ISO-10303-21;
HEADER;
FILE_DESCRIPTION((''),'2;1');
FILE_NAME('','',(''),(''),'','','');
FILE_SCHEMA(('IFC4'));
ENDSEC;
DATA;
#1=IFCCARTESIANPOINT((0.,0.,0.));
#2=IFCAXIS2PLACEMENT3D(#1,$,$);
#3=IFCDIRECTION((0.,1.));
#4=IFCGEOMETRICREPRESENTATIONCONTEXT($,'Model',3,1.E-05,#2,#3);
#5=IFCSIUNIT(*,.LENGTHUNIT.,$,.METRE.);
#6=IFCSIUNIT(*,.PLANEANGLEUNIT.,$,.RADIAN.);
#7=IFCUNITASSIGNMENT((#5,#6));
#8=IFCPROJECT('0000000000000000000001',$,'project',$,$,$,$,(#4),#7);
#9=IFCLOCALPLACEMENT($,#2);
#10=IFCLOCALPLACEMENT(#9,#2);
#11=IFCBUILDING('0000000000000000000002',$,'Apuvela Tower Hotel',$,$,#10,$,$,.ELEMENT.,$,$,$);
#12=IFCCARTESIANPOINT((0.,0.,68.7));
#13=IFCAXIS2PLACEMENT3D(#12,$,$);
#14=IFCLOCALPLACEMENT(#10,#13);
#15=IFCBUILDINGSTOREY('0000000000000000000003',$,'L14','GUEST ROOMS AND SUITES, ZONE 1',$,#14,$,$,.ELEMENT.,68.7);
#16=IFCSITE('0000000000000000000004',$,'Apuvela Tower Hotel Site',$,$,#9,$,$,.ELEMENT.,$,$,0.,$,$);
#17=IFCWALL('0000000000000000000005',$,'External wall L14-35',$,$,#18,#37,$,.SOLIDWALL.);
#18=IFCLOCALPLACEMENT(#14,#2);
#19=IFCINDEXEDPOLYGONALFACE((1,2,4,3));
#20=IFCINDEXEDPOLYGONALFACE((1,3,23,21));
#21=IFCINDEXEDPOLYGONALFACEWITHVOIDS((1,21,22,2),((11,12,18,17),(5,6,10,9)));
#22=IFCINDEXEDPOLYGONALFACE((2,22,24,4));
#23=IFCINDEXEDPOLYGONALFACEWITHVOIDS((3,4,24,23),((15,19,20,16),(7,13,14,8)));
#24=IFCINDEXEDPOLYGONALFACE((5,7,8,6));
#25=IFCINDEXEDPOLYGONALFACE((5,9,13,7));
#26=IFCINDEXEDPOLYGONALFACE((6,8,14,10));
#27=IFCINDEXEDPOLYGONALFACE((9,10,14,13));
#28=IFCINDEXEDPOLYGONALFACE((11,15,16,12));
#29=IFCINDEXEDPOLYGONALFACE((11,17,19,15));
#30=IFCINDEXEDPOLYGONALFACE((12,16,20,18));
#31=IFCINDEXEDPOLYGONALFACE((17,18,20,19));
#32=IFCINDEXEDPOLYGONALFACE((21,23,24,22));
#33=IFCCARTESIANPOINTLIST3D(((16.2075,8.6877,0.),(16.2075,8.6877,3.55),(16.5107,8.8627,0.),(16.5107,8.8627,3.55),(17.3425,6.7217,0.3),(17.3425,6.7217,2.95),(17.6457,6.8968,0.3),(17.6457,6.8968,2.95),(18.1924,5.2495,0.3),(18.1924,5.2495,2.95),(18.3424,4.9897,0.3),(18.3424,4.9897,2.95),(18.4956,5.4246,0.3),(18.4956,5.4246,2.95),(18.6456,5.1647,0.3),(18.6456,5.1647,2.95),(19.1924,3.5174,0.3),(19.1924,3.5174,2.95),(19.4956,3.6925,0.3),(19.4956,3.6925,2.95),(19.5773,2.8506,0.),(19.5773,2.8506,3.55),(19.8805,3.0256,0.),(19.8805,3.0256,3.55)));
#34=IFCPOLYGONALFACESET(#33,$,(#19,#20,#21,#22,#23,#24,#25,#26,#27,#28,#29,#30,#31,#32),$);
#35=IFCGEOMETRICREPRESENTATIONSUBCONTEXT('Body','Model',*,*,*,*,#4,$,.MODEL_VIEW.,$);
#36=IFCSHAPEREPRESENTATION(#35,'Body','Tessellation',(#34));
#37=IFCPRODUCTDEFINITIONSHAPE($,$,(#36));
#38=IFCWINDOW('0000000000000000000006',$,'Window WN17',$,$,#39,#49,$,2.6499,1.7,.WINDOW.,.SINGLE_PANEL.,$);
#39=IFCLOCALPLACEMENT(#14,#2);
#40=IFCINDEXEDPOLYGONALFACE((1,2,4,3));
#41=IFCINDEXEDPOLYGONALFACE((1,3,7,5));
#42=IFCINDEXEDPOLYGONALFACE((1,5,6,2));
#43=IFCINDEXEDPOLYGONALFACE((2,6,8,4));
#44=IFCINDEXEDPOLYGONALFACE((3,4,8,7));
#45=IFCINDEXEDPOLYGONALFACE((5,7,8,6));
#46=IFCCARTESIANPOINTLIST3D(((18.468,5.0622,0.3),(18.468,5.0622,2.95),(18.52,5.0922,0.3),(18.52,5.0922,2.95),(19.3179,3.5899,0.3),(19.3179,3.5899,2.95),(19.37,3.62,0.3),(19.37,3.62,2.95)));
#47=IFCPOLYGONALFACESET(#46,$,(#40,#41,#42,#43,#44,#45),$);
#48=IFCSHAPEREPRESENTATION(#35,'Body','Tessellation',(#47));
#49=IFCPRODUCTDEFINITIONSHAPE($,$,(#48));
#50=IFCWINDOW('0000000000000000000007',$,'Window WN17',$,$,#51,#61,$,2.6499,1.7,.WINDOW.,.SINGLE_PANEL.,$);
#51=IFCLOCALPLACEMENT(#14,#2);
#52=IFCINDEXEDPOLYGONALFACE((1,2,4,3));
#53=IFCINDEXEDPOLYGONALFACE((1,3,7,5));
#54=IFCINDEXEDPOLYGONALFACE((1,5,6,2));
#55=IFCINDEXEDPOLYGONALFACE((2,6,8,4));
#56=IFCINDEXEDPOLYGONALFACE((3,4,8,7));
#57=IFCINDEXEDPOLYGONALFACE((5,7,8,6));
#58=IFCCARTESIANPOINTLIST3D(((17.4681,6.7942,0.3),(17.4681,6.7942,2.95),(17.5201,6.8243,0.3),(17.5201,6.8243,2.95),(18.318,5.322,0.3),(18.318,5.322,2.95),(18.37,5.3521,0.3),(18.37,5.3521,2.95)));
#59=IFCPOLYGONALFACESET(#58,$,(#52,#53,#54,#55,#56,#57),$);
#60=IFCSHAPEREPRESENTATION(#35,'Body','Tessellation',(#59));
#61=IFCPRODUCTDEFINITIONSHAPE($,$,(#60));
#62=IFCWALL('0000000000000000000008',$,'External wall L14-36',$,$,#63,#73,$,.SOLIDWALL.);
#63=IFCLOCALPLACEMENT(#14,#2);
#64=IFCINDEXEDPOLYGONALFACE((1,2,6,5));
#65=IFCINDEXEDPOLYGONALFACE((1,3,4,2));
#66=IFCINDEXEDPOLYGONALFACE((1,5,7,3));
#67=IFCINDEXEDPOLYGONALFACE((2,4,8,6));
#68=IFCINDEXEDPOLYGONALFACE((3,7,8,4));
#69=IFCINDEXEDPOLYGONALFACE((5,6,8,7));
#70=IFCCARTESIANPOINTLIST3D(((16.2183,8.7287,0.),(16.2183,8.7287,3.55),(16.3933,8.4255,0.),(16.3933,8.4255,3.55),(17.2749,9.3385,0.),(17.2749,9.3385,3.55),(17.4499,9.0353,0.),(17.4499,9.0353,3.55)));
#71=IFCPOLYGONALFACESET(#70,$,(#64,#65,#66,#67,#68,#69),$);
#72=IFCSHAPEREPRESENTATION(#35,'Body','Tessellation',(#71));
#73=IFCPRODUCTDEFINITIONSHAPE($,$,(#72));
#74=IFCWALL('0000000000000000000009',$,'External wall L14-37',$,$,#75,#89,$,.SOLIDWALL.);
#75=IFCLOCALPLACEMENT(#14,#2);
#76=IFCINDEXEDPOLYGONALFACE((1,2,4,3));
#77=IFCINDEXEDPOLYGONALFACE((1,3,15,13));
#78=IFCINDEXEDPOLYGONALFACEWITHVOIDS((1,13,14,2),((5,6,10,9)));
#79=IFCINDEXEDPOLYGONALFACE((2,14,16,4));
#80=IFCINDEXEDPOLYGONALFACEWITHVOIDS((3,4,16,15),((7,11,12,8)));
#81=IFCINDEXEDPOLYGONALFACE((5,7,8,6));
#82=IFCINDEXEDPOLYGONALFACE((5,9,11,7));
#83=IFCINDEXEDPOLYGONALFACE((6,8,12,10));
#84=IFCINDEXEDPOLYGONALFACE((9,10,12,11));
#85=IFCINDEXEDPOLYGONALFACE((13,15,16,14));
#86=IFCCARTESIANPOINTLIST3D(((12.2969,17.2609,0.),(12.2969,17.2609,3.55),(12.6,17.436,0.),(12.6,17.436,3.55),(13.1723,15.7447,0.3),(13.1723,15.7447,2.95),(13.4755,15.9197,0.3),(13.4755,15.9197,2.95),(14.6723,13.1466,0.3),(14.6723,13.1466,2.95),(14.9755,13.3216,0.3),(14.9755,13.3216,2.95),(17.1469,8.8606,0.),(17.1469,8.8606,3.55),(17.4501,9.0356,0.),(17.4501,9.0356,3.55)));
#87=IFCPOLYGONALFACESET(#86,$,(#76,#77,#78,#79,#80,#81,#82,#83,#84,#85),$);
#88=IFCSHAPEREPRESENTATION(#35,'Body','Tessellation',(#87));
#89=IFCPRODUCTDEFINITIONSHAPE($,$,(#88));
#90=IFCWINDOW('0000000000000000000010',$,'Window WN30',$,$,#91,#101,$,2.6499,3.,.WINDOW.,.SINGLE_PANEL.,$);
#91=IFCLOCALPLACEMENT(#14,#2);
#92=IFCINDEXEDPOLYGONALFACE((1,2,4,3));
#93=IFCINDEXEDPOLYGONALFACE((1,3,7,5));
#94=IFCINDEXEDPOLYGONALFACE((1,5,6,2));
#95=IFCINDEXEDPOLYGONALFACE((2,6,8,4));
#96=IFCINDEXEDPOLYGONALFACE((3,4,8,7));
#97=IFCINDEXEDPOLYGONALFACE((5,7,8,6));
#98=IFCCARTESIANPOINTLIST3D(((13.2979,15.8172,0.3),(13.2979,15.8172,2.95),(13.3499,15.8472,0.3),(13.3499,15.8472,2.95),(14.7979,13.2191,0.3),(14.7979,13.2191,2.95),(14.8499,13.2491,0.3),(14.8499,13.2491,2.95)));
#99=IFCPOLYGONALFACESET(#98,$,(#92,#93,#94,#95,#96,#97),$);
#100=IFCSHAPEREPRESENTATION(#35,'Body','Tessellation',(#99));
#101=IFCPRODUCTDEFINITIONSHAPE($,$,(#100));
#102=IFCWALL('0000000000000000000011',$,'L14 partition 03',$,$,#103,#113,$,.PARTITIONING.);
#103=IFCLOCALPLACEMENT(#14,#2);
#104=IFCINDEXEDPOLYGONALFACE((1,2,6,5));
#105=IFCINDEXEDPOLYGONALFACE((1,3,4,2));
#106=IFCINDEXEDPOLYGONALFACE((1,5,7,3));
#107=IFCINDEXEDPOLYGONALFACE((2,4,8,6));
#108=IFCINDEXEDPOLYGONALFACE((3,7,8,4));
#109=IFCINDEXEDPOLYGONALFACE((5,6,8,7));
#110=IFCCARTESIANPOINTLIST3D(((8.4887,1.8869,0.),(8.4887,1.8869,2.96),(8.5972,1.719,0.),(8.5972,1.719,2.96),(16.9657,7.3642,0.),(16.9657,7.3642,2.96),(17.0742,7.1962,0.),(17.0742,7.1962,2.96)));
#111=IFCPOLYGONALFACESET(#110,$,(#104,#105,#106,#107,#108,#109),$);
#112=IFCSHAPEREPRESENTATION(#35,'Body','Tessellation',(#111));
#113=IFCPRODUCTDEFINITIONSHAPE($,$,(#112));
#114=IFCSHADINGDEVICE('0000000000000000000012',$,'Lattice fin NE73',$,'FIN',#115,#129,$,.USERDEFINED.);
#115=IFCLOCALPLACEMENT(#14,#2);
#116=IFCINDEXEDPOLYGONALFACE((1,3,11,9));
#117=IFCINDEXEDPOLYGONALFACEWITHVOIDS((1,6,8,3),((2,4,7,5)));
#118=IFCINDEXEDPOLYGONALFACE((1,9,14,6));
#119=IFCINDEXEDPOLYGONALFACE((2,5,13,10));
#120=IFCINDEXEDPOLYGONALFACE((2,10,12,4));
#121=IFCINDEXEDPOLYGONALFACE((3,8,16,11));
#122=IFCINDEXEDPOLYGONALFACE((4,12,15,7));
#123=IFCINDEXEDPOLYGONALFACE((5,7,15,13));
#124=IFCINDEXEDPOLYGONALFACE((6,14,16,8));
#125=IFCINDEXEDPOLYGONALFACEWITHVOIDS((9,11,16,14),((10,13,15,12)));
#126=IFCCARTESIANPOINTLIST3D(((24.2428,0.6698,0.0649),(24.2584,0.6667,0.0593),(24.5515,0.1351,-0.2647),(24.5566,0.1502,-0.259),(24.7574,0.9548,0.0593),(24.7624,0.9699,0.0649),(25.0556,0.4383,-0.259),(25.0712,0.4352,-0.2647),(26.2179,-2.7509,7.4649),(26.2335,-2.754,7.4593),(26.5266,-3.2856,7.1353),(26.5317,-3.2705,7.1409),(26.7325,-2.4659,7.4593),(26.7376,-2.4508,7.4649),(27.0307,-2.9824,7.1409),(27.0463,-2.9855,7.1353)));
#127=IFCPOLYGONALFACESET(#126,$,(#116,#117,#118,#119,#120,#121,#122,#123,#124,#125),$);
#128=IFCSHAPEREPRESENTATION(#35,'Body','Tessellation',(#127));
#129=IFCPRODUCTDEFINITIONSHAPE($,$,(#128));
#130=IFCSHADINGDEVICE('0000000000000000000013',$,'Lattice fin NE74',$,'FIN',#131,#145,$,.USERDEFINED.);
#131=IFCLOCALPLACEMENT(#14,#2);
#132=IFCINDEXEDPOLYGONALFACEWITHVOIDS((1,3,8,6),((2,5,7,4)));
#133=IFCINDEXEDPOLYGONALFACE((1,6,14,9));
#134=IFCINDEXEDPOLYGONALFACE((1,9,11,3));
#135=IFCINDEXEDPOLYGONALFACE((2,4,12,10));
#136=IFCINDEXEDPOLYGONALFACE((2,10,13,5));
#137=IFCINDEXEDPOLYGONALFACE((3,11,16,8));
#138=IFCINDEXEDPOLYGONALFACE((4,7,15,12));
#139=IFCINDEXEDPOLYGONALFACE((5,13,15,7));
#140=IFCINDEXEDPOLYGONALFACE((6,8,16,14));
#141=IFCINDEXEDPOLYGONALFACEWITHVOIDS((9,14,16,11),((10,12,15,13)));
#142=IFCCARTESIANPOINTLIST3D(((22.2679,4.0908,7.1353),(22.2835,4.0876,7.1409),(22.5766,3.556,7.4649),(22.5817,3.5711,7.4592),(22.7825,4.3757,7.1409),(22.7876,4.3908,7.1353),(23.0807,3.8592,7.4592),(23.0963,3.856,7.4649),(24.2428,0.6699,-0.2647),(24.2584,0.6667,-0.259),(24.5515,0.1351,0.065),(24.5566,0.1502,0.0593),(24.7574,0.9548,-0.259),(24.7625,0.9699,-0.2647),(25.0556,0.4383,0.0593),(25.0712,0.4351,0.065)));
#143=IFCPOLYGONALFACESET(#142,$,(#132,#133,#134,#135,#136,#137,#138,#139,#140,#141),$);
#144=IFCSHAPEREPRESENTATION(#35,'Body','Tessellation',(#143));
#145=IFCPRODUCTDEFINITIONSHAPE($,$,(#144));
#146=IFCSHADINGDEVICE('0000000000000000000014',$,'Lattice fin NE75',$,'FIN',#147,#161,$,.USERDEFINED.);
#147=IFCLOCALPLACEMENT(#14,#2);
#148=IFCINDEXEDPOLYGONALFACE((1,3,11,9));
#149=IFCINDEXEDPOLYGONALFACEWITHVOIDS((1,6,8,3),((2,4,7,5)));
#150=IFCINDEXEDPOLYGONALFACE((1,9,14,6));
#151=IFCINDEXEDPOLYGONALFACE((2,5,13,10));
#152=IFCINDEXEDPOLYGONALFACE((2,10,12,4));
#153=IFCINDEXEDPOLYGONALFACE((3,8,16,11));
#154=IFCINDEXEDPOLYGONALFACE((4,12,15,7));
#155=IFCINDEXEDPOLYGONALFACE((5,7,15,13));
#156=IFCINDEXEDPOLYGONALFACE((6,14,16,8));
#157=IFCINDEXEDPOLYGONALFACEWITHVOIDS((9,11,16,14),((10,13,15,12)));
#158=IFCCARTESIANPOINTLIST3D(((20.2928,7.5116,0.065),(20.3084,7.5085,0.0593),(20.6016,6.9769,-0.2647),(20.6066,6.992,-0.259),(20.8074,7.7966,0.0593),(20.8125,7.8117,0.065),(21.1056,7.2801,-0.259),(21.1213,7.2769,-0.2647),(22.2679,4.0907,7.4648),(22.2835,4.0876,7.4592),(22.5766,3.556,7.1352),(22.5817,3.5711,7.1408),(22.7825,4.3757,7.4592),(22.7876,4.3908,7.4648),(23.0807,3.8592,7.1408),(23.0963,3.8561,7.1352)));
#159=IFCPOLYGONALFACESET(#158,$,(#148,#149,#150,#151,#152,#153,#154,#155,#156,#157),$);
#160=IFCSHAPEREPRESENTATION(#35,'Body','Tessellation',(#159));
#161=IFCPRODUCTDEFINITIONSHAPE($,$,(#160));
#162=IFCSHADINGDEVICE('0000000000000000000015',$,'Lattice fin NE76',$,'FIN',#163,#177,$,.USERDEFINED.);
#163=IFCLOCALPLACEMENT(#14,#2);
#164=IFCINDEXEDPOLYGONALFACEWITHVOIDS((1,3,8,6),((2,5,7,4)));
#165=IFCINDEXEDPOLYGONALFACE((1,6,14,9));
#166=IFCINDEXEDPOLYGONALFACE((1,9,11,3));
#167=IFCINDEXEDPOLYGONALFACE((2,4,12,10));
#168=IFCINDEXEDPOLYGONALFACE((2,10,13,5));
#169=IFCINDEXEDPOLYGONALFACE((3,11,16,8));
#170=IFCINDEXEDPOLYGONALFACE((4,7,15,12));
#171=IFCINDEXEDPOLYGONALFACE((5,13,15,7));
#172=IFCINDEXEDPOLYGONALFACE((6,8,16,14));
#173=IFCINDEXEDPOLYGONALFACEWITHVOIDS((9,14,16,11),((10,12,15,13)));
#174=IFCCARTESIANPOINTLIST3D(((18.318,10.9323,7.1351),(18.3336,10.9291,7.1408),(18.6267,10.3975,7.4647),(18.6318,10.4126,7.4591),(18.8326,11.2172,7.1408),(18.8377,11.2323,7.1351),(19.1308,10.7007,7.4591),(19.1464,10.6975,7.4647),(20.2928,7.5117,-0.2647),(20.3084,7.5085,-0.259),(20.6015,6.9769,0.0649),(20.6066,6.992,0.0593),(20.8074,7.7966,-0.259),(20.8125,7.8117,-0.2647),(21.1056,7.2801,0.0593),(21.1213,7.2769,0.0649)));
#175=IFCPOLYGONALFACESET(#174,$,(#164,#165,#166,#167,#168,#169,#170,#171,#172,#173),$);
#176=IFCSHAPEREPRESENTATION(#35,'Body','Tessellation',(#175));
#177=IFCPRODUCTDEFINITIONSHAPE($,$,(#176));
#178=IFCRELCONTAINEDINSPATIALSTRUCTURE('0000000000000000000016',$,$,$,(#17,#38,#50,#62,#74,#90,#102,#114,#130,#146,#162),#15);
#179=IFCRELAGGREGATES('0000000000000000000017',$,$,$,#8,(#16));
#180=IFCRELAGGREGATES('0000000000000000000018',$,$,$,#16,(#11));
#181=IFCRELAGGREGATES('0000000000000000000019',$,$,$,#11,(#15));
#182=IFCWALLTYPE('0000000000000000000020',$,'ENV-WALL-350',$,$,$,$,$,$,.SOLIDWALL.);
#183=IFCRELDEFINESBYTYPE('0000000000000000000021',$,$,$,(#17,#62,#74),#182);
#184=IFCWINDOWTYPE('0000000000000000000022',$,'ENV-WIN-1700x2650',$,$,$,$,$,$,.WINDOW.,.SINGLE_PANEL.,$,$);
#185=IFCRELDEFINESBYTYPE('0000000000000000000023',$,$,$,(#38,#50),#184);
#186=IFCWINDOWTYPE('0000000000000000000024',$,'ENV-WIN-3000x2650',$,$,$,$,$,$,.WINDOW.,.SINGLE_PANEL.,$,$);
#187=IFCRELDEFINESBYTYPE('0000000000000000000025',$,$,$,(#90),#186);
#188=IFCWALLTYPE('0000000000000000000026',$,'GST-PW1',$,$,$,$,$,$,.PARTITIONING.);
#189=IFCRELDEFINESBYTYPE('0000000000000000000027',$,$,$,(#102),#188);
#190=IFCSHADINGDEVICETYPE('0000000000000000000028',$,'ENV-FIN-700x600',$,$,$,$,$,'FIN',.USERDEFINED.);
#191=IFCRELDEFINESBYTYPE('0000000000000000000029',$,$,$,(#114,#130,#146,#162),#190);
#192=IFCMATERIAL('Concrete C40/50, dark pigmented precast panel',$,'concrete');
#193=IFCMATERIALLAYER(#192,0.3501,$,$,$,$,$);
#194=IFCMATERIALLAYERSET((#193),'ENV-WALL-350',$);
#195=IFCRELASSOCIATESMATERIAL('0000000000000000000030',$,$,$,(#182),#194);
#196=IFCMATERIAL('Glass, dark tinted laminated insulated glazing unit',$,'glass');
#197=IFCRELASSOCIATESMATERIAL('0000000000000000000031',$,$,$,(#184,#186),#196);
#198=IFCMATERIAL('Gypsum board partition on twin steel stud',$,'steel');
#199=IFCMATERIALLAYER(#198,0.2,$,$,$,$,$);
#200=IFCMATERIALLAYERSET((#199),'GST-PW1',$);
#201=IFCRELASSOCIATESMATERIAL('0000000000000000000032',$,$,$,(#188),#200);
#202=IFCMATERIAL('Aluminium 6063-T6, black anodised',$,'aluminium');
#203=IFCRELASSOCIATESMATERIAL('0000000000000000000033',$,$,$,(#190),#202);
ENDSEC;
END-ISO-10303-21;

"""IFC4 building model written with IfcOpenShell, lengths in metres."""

from ifc_helpers import new_model, si_unit, direction, frame, frame_2d, origin, origin_2d, place, context, subcontext, project, spatial, rectangle, hollow_rectangle, extrude, material, layer, layer_set, material_profile, profile_set, type_object, element, fill, save


model = new_model("IFC4")

# Units and contexts
model_context = context("Model", 3, precision=1e-05, world=origin(), true_north=direction((0.0, 1.0)))
body_context = subcontext(model_context, "Body", "Model", "MODEL_VIEW")
ifc_project = project(units=[si_unit("LENGTHUNIT", "METRE"), si_unit("PLANEANGLEUNIT", "RADIAN")], contexts=[model_context])

# Site, building, storey
site_placement = place(None, origin())
site = spatial("IfcSite", under=ifc_project, at=site_placement, Name="Apuvela Tower Hotel Site", CompositionType="ELEMENT", RefElevation=0.0)
building_placement = place(site_placement, origin())
building = spatial("IfcBuilding", under=site, at=building_placement, Name="Apuvela Tower Hotel", CompositionType="ELEMENT")
storey_placement = place(building_placement, frame((0.0, 0.0, 68.7)))
storey = spatial("IfcBuildingStorey", under=building, at=storey_placement, Name="L14", Description="GUEST ROOMS AND SUITES, ZONE 1", CompositionType="ELEMENT", Elevation=68.7)

# Shared definitions
ifc_material_1 = material(Name="Concrete C40/50, dark pigmented precast panel", Category="concrete")
ifc_layer_1 = layer(ifc_material_1, 0.3501)
ifc_layer_set_1 = layer_set([ifc_layer_1], Name="ENV-WALL-350")
wall_type_1 = type_object("IfcWallType", Name="ENV-WALL-350", PredefinedType="SOLIDWALL", material=ifc_layer_set_1)

# Wall, openings, windows
wall_1_placement = place(storey_placement, frame((19.729, 2.938, 0.0), z_axis=(0.0, 0.0, 1.0), x_axis=(-0.499976, 0.866039, 0.0)))
wall_1 = element("IfcWall", 1, at=wall_1_placement, inside=storey, type_object=wall_type_1, Name="External wall L14-35", PredefinedType="SOLIDWALL", context=body_context, shape_type="SweptSolid", body=[
    extrude(rectangle(XDim=6.74, YDim=0.3501, at=frame_2d((3.3701, 0.0))), origin(), (0.0, 0.0, 1.0), 3.55),
])
opening_1_placement = place(wall_1_placement, frame((0.77, 0.0, 0.3)))
opening_1 = element("IfcOpeningElement", 2, at=opening_1_placement, cuts=wall_1, PredefinedType="OPENING", context=body_context, shape_type="SweptSolid", body=[
    extrude(rectangle(XDim=1.7, YDim=2.6499, at=frame_2d((0.8501, 1.325))), frame((0.0, 0.1851, 0.0), z_axis=(0.0, -1.0, 0.0), x_axis=(1.0, 0.0, 0.0)), (0.0, 0.0, 1.0), 0.3701),
])
opening_2_placement = place(wall_1_placement, frame((2.77, 0.0, 0.3)))
opening_2 = element("IfcOpeningElement", 3, at=opening_2_placement, cuts=wall_1, PredefinedType="OPENING", context=body_context, shape_type="SweptSolid", body=[
    extrude(rectangle(XDim=1.7, YDim=2.6499, at=frame_2d((0.8501, 1.325))), frame((0.0, 0.1851, 0.0), z_axis=(0.0, -1.0, 0.0), x_axis=(1.0, 0.0, 0.0)), (0.0, 0.0, 1.0), 0.3701),
])
ifc_material_2 = material(Name="Glass, dark tinted laminated insulated glazing unit", Category="glass")
window_type_1 = type_object("IfcWindowType", Name="ENV-WIN-1700x2650", PartitioningType="SINGLE_PANEL", PredefinedType="WINDOW", material=ifc_material_2)
window_1_placement = place(opening_1_placement, origin())
window_1 = element("IfcWindow", 4, at=window_1_placement, inside=storey, type_object=window_type_1, Name="Window WN17", OverallHeight=2.6499, OverallWidth=1.7, PartitioningType="SINGLE_PANEL", PredefinedType="WINDOW", context=body_context, shape_type="SweptSolid", body=[
    extrude(rectangle(XDim=1.7, YDim=2.6499, at=frame_2d((0.8501, 1.325))), frame((0.0, 0.03, 0.0), z_axis=(0.0, -1.0, 0.0), x_axis=(1.0, 0.0, 0.0)), (0.0, 0.0, 1.0), 0.0601),
])
fill(opening_1, window_1)
window_2_placement = place(opening_2_placement, origin())
window_2 = element("IfcWindow", 5, at=window_2_placement, inside=storey, type_object=window_type_1, Name="Window WN17", OverallHeight=2.6499, OverallWidth=1.7, PartitioningType="SINGLE_PANEL", PredefinedType="WINDOW", context=body_context, shape_type="SweptSolid", body=[
    extrude(rectangle(XDim=1.7, YDim=2.6499, at=frame_2d((0.8501, 1.325))), frame((0.0, 0.03, 0.0), z_axis=(0.0, -1.0, 0.0), x_axis=(1.0, 0.0, 0.0)), (0.0, 0.0, 1.0), 0.0601),
])
fill(opening_2, window_2)

# Wall
wall_2_placement = place(storey_placement, frame((16.3059, 8.5771, 0.0), z_axis=(0.0, 0.0, 1.0), x_axis=(0.866092, 0.499884, 0.0)))
element("IfcWall", 6, at=wall_2_placement, inside=storey, type_object=wall_type_1, Name="External wall L14-36", PredefinedType="SOLIDWALL", context=body_context, shape_type="SweptSolid", body=[
    extrude(rectangle(XDim=1.22, YDim=0.3501, at=frame_2d((0.6099, 0.0))), origin(), (0.0, 0.0, 1.0), 3.55),
])

# Wall, opening, window
wall_3_placement = place(storey_placement, frame((17.2986, 8.948, 0.0), z_axis=(0.0, 0.0, 1.0), x_axis=(-0.50001, 0.86602, 0.0)))
wall_3 = element("IfcWall", 7, at=wall_3_placement, inside=storey, type_object=wall_type_1, Name="External wall L14-37", PredefinedType="SOLIDWALL", context=body_context, shape_type="SweptSolid", body=[
    extrude(rectangle(XDim=9.7, YDim=0.3501, at=frame_2d((4.8501, 0.0))), origin(), (0.0, 0.0, 1.0), 3.55),
])
opening_3_placement = place(wall_3_placement, frame((4.9492, 0.0, 0.3)))
opening_3 = element("IfcOpeningElement", 8, at=opening_3_placement, cuts=wall_3, PredefinedType="OPENING", context=body_context, shape_type="SweptSolid", body=[
    extrude(rectangle(XDim=3.0, YDim=2.6499, at=frame_2d((1.5, 1.325))), frame((0.0, 0.1851, 0.0), z_axis=(0.0, -1.0, 0.0), x_axis=(1.0, 0.0, 0.0)), (0.0, 0.0, 1.0), 0.3701),
])
window_type_2 = type_object("IfcWindowType", Name="ENV-WIN-3000x2650", PartitioningType="SINGLE_PANEL", PredefinedType="WINDOW", material=ifc_material_2)
window_3_placement = place(opening_3_placement, origin())
window_3 = element("IfcWindow", 9, at=window_3_placement, inside=storey, type_object=window_type_2, Name="Window WN30", OverallHeight=2.6499, OverallWidth=3.0, PartitioningType="SINGLE_PANEL", PredefinedType="WINDOW", context=body_context, shape_type="SweptSolid", body=[
    extrude(rectangle(XDim=3.0, YDim=2.6499, at=frame_2d((1.5, 1.325))), frame((0.0, 0.03, 0.0), z_axis=(0.0, -1.0, 0.0), x_axis=(1.0, 0.0, 0.0)), (0.0, 0.0, 1.0), 0.0601),
])
fill(opening_3, window_3)

# Wall
ifc_material_3 = material(Name="Gypsum board partition on twin steel stud", Category="steel")
ifc_layer_2 = layer(ifc_material_3, 0.2)
ifc_layer_set_2 = layer_set([ifc_layer_2], Name="GST-PW1")
wall_type_2 = type_object("IfcWallType", Name="GST-PW1", PredefinedType="PARTITIONING", material=ifc_layer_set_2)
wall_4_placement = place(storey_placement, frame((17.02, 7.2803, 0.0), z_axis=(0.0, 0.0, 1.0), x_axis=(-0.839925, -0.542703, 0.0)))
element("IfcWall", 10, at=wall_4_placement, inside=storey, type_object=wall_type_2, Name="L14 partition 03", PredefinedType="PARTITIONING", context=body_context, shape_type="SweptSolid", body=[
    extrude(rectangle(XDim=10.0925, YDim=0.2, at=frame_2d((5.0464, 0.0))), origin(), (0.0, 0.0, 1.0), 2.96),
])

# Shading devices
ifc_material_4 = material(Name="Aluminium 6063-T6, black anodised", Category="aluminium")
ifc_material_profile_1 = material_profile(ifc_material_4, hollow_rectangle(XDim=0.6001, YDim=0.7, WallThickness=0.012, at=origin_2d()), Name="AL BOX 700x600x12")
ifc_profile_set_1 = profile_set([ifc_material_profile_1], Name="Aluminium 6063-T6, black anodised")
shading_device_type = type_object("IfcShadingDeviceType", Name="ENV-FIN-700x600", ElementType="FIN", PredefinedType="USERDEFINED", material=ifc_profile_set_1)
for number, where, z_axis, x_axis, name in (
    (11, (24.657, 0.5525, -0.0999), (0.235464, -0.407798, 0.882189), (0.866005, 0.500035, 0.0), "Lattice fin NE73"),
    (12, (24.657, 0.5525, -0.0999), (-0.235434, 0.407825, 0.882185), (-0.866048, -0.499961, 0.0), "Lattice fin NE74"),
    (13, (20.707, 7.3943, -0.0999), (0.235461, -0.407822, 0.882179), (0.866021, 0.500008, 0.0), "Lattice fin NE75"),
):
    element("IfcShadingDevice", number, at=place(storey_placement, frame(where, z_axis=z_axis, x_axis=x_axis)), inside=storey, type_object=shading_device_type, Name=name, ObjectType="FIN", PredefinedType="USERDEFINED", context=body_context, shape_type="SweptSolid", body=[
        extrude(hollow_rectangle(XDim=0.6001, YDim=0.7, WallThickness=0.012, at=origin_2d()), origin(), (0.0, 0.0, 1.0), 8.3882),
    ])
shading_device_placement = place(storey_placement, frame((20.707, 7.3943, -0.0999), z_axis=(-0.235436, 0.407801, 0.882195), x_axis=(-0.866032, -0.499988, 0.0)))
element("IfcShadingDevice", 14, at=shading_device_placement, inside=storey, type_object=shading_device_type, Name="Lattice fin NE76", ObjectType="FIN", PredefinedType="USERDEFINED", context=body_context, shape_type="SweptSolid", body=[
    extrude(hollow_rectangle(XDim=0.6001, YDim=0.7, WallThickness=0.012, at=origin_2d()), origin(), (0.0, 0.0, 1.0), 8.3879),
])

save(model, "model.ifc")
